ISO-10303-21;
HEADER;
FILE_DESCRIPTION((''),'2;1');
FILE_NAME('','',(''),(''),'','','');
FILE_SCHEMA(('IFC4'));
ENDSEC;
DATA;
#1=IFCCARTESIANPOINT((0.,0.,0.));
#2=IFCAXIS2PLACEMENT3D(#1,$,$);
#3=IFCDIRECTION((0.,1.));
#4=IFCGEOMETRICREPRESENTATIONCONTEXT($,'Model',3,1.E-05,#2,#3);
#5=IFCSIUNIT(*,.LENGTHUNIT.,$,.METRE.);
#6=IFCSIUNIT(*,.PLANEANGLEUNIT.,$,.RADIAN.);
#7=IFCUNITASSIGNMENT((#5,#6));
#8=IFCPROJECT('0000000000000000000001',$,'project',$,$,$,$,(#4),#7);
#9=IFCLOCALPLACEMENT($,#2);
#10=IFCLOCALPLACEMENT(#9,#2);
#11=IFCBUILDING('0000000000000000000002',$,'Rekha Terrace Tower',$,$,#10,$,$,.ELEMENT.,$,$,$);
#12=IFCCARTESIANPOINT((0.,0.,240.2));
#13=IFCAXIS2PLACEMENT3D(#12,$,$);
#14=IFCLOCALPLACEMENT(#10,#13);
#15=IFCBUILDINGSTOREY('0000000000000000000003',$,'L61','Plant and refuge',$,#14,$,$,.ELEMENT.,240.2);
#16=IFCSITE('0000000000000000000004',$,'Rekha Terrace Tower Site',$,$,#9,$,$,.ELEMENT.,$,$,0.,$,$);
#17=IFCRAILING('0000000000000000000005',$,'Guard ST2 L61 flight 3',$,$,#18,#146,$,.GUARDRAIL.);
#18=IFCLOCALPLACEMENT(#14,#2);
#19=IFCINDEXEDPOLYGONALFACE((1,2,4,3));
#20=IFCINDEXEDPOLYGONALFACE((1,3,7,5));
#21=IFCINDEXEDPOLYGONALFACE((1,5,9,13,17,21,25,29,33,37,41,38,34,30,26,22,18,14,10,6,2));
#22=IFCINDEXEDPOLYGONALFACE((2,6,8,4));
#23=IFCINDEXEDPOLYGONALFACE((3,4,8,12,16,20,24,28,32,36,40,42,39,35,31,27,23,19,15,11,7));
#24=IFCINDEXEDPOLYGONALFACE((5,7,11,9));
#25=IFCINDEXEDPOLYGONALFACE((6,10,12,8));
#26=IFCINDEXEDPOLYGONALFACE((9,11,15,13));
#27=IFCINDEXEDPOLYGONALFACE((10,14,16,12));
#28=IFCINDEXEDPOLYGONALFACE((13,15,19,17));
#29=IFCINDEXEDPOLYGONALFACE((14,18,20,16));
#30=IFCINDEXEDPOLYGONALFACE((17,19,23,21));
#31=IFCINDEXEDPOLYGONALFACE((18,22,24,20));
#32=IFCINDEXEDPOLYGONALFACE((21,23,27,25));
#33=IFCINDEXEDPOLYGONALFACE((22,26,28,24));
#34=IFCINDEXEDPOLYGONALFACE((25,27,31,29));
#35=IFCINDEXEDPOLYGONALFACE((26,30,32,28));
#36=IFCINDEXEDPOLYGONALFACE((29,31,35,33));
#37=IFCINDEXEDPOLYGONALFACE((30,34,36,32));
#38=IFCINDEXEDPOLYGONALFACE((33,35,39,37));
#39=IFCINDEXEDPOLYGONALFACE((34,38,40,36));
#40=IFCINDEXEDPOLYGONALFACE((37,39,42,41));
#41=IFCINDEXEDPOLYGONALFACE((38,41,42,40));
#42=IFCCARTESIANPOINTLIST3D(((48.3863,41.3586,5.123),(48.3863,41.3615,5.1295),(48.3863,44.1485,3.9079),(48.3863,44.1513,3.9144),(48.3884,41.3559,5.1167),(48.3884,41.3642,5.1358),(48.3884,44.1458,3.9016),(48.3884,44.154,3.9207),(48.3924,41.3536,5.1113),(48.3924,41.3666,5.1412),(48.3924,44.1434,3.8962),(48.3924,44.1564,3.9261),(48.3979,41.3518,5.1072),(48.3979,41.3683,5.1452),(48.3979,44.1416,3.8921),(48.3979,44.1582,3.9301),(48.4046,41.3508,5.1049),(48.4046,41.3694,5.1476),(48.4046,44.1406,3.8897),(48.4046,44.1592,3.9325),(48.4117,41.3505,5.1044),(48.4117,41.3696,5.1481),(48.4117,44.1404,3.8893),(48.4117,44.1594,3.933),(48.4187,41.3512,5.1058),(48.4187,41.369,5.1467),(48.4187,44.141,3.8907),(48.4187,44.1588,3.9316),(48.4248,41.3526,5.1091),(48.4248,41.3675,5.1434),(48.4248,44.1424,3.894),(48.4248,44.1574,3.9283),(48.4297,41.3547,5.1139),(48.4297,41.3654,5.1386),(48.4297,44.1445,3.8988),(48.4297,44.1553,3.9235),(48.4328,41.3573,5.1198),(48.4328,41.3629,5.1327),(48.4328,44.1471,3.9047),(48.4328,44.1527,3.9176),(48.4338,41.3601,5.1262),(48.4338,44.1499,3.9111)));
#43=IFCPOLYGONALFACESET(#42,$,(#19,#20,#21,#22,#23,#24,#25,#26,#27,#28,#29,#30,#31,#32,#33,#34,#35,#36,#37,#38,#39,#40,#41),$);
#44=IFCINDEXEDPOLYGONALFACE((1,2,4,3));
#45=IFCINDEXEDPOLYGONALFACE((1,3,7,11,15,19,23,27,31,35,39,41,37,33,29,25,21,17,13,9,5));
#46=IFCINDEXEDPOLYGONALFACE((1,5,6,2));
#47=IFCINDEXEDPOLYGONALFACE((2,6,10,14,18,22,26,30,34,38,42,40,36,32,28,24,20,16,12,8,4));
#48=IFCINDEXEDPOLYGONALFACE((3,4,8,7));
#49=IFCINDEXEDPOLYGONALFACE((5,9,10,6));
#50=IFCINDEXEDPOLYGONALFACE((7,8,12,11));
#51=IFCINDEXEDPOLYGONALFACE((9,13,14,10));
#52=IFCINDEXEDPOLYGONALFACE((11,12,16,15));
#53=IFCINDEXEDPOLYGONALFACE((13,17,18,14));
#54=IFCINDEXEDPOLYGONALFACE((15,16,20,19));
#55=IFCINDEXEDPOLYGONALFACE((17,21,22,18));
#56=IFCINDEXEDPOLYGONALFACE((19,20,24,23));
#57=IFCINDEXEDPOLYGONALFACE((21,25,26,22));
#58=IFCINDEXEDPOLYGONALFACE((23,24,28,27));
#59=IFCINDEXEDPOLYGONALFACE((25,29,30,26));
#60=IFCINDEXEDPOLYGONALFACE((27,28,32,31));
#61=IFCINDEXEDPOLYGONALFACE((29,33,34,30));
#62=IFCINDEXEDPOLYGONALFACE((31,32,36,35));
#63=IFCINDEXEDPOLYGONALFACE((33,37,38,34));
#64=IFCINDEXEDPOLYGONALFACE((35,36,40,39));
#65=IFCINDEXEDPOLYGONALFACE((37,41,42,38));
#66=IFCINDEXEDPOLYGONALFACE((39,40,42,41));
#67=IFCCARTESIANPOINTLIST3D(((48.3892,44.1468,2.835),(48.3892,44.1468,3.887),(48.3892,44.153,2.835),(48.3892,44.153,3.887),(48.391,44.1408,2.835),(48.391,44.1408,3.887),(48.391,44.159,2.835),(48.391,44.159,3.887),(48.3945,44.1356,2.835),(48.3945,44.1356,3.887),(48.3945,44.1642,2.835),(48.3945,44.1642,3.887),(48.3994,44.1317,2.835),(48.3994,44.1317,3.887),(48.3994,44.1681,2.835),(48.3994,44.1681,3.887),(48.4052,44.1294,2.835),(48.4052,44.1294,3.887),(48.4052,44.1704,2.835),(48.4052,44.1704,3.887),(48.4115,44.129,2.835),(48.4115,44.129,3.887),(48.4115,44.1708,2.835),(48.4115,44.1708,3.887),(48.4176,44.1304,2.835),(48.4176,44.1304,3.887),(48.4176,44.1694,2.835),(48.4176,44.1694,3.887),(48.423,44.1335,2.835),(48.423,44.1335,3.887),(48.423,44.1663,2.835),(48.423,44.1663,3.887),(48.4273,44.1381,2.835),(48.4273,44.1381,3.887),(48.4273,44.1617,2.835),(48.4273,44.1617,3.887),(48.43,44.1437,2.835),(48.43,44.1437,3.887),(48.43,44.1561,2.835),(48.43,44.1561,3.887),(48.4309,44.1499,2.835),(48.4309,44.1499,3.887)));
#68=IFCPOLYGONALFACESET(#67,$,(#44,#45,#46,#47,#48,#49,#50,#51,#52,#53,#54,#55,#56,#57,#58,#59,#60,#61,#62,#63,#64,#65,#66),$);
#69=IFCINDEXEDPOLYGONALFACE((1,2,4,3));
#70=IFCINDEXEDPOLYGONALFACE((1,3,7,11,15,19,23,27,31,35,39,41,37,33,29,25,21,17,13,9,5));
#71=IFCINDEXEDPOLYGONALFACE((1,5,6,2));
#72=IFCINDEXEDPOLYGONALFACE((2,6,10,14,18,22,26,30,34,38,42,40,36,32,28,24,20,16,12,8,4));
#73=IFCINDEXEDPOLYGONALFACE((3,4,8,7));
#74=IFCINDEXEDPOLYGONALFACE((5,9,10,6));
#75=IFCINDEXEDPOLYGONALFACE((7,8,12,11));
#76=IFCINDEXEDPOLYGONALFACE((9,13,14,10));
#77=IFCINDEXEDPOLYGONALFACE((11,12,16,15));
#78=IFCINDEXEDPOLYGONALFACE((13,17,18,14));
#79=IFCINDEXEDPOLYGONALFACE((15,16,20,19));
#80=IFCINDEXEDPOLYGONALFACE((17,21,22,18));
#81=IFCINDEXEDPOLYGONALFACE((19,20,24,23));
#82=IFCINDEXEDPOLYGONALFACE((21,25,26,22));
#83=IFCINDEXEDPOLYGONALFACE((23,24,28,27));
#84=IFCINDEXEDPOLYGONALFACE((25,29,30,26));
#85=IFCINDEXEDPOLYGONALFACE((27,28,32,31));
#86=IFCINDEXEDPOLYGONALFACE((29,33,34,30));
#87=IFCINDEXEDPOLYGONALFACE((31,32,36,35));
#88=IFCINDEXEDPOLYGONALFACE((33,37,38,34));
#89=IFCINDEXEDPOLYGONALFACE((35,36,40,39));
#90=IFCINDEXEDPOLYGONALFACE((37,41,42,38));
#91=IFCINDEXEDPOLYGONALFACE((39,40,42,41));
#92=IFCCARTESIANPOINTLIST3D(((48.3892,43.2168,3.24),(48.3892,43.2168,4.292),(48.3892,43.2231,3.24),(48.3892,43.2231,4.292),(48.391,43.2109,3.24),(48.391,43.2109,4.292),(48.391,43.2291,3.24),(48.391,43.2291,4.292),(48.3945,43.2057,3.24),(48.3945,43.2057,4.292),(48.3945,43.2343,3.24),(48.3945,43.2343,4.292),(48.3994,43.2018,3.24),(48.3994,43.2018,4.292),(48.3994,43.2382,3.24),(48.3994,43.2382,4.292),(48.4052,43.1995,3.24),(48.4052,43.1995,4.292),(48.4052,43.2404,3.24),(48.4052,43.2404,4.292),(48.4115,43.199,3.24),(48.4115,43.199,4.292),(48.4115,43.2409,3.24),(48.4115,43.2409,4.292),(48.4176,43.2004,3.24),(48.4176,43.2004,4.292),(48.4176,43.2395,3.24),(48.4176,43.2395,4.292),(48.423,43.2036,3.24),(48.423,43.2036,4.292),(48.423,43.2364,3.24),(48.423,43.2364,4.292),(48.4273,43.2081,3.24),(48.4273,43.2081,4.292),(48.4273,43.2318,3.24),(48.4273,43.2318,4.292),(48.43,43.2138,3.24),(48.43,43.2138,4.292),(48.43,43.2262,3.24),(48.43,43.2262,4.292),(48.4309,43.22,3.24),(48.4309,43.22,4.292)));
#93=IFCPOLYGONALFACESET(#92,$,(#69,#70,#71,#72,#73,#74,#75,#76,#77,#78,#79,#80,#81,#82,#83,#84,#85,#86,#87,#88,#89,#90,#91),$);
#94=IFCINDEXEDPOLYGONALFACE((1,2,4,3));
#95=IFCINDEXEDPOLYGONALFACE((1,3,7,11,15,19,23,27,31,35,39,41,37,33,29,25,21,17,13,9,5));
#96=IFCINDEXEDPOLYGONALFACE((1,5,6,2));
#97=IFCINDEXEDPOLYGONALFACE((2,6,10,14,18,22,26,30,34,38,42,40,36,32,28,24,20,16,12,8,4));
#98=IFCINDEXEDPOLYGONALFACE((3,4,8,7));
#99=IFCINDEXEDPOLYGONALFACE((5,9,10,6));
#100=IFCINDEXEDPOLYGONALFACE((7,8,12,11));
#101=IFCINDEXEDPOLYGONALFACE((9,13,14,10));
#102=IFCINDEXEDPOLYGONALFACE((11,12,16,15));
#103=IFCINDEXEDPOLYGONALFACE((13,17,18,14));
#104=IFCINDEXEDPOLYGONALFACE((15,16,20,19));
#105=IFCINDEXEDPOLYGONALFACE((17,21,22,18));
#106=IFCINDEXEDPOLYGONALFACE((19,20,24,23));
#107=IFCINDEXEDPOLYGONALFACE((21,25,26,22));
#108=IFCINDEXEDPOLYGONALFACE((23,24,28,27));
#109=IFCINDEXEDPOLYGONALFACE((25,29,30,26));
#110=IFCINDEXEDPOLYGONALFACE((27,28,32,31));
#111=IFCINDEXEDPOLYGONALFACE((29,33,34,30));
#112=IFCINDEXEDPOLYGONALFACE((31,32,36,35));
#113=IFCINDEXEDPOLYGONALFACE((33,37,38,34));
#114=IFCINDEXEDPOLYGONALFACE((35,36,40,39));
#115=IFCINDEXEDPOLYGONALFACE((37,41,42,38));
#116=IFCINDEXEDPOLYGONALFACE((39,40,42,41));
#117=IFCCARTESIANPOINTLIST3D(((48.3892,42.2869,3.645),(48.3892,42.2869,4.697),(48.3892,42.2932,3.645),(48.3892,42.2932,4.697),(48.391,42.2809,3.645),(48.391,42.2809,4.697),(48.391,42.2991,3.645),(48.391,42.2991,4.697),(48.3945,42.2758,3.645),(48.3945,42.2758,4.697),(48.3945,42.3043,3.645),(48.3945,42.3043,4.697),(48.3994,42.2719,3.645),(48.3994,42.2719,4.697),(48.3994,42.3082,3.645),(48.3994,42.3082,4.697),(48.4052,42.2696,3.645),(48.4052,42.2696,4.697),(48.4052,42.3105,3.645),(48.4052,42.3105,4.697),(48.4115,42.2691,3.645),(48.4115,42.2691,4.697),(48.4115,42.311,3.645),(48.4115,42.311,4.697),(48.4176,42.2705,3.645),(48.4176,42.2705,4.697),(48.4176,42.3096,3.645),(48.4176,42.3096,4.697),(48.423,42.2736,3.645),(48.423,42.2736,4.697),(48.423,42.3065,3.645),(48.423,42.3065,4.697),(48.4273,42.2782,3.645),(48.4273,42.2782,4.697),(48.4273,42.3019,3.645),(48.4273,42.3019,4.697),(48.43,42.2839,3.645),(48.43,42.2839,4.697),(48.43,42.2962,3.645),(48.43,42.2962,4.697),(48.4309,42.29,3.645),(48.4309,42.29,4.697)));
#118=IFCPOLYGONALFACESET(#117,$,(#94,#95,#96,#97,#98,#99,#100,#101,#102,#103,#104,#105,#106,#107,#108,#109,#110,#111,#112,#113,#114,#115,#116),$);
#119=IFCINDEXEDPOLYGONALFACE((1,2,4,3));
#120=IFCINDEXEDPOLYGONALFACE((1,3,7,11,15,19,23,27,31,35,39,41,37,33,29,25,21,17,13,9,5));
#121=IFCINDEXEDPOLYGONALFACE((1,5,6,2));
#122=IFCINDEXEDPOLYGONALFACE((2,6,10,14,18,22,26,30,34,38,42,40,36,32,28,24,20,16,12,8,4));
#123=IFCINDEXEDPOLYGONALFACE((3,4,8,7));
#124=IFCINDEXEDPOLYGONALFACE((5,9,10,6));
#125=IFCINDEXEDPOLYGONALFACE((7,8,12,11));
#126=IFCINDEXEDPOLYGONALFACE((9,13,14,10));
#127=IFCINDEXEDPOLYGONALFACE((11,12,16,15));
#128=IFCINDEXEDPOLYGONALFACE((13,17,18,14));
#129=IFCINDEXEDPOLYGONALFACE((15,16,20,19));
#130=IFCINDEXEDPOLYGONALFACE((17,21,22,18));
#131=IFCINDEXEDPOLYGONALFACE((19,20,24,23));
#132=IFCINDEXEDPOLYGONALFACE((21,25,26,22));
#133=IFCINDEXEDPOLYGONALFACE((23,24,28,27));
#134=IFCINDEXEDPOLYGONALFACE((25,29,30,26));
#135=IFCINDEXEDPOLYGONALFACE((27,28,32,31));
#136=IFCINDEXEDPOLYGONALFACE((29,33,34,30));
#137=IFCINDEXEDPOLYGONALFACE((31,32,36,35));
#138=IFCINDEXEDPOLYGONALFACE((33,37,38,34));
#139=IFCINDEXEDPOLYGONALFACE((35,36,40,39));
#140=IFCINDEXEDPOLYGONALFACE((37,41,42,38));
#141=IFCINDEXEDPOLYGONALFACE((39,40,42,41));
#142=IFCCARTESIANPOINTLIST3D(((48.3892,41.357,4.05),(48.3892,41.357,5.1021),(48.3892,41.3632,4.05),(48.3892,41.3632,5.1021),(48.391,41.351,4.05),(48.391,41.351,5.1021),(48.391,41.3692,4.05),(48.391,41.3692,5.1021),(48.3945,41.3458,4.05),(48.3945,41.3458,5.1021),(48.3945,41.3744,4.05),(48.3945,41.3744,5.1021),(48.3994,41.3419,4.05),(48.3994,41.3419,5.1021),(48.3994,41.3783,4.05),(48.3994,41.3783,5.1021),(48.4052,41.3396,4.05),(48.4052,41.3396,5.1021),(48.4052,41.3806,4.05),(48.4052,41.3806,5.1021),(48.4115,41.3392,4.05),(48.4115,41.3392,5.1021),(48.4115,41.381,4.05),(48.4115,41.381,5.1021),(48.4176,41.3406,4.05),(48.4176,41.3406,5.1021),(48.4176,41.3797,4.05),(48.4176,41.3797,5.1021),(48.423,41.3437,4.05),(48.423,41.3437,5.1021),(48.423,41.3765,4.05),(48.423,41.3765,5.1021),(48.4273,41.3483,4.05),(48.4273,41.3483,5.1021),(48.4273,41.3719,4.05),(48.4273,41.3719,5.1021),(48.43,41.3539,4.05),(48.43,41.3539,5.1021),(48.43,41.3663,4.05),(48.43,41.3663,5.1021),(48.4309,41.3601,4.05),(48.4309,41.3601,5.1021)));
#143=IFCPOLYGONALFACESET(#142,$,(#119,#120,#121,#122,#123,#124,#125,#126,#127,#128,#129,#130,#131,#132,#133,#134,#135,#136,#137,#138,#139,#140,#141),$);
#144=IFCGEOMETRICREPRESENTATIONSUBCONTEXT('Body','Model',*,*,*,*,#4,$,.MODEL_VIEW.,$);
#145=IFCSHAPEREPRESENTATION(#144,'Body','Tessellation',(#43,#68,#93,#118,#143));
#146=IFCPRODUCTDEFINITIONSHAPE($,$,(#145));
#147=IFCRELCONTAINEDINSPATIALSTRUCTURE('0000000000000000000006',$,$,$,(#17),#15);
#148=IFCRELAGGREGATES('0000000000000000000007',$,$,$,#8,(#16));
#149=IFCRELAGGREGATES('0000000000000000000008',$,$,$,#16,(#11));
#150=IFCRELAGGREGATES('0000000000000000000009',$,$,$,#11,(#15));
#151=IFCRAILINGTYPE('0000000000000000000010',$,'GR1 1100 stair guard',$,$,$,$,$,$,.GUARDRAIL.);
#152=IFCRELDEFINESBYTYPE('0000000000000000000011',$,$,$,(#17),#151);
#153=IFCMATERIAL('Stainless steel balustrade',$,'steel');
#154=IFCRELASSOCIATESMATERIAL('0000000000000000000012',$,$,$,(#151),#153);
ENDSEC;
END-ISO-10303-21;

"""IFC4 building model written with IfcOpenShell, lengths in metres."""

from ifc_helpers import new_model, si_unit, direction, frame, origin, origin_2d, place, context, subcontext, project, spatial, circle, extrude, material, type_object, element, save


model = new_model("IFC4")

# Units and contexts
model_context = context("Model", 3, precision=1e-05, world=origin(), true_north=direction((0.0, 1.0)))
body_context = subcontext(model_context, "Body", "Model", "MODEL_VIEW")
ifc_project = project(units=[si_unit("LENGTHUNIT", "METRE"), si_unit("PLANEANGLEUNIT", "RADIAN")], contexts=[model_context])

# Site, building, storey
site_placement = place(None, origin())
site = spatial("IfcSite", under=ifc_project, at=site_placement, Name="Rekha Terrace Tower Site", CompositionType="ELEMENT", RefElevation=0.0)
building_placement = place(site_placement, origin())
building = spatial("IfcBuilding", under=site, at=building_placement, Name="Rekha Terrace Tower", CompositionType="ELEMENT")
storey_placement = place(building_placement, frame((0.0, 0.0, 240.2)))
storey = spatial("IfcBuildingStorey", under=building, at=storey_placement, Name="L61", Description="Plant and refuge", CompositionType="ELEMENT", Elevation=240.2)

# Railing
ifc_material_1 = material(Name="Stainless steel balustrade", Category="steel")
railing_type_1 = type_object("IfcRailingType", Name="GR1 1100 stair guard", PredefinedType="GUARDRAIL", material=ifc_material_1)
railing_1_placement = place(storey_placement, frame((48.4099, 44.1499, 2.835)))
element("IfcRailing", 1, at=railing_1_placement, inside=storey, type_object=railing_type_1, Name="Guard ST2 L61 flight 3", PredefinedType="GUARDRAIL", context=body_context, shape_type="SweptSolid", body=[
    extrude(circle(Radius=0.0239, at=origin_2d()), frame((0.0, 0.0, 1.0762), z_axis=(0.0, -0.916813, 0.399316), x_axis=(1.0, 0.0, 0.0)), (0.0, 0.0, 1.0), 3.043),
    extrude(circle(Radius=0.021, at=origin_2d()), origin(), (0.0, 0.0, 1.0), 1.052),
    extrude(circle(Radius=0.021, at=origin_2d()), frame((0.0, -0.9299, 0.405)), (0.0, 0.0, 1.0), 1.052),
    extrude(circle(Radius=0.021, at=origin_2d()), frame((0.0, -1.8599, 0.8101)), (0.0, 0.0, 1.0), 1.052),
    extrude(circle(Radius=0.021, at=origin_2d()), frame((0.0, -2.7898, 1.2151)), (0.0, 0.0, 1.0), 1.052),
])

save(model, "model.ifc")
